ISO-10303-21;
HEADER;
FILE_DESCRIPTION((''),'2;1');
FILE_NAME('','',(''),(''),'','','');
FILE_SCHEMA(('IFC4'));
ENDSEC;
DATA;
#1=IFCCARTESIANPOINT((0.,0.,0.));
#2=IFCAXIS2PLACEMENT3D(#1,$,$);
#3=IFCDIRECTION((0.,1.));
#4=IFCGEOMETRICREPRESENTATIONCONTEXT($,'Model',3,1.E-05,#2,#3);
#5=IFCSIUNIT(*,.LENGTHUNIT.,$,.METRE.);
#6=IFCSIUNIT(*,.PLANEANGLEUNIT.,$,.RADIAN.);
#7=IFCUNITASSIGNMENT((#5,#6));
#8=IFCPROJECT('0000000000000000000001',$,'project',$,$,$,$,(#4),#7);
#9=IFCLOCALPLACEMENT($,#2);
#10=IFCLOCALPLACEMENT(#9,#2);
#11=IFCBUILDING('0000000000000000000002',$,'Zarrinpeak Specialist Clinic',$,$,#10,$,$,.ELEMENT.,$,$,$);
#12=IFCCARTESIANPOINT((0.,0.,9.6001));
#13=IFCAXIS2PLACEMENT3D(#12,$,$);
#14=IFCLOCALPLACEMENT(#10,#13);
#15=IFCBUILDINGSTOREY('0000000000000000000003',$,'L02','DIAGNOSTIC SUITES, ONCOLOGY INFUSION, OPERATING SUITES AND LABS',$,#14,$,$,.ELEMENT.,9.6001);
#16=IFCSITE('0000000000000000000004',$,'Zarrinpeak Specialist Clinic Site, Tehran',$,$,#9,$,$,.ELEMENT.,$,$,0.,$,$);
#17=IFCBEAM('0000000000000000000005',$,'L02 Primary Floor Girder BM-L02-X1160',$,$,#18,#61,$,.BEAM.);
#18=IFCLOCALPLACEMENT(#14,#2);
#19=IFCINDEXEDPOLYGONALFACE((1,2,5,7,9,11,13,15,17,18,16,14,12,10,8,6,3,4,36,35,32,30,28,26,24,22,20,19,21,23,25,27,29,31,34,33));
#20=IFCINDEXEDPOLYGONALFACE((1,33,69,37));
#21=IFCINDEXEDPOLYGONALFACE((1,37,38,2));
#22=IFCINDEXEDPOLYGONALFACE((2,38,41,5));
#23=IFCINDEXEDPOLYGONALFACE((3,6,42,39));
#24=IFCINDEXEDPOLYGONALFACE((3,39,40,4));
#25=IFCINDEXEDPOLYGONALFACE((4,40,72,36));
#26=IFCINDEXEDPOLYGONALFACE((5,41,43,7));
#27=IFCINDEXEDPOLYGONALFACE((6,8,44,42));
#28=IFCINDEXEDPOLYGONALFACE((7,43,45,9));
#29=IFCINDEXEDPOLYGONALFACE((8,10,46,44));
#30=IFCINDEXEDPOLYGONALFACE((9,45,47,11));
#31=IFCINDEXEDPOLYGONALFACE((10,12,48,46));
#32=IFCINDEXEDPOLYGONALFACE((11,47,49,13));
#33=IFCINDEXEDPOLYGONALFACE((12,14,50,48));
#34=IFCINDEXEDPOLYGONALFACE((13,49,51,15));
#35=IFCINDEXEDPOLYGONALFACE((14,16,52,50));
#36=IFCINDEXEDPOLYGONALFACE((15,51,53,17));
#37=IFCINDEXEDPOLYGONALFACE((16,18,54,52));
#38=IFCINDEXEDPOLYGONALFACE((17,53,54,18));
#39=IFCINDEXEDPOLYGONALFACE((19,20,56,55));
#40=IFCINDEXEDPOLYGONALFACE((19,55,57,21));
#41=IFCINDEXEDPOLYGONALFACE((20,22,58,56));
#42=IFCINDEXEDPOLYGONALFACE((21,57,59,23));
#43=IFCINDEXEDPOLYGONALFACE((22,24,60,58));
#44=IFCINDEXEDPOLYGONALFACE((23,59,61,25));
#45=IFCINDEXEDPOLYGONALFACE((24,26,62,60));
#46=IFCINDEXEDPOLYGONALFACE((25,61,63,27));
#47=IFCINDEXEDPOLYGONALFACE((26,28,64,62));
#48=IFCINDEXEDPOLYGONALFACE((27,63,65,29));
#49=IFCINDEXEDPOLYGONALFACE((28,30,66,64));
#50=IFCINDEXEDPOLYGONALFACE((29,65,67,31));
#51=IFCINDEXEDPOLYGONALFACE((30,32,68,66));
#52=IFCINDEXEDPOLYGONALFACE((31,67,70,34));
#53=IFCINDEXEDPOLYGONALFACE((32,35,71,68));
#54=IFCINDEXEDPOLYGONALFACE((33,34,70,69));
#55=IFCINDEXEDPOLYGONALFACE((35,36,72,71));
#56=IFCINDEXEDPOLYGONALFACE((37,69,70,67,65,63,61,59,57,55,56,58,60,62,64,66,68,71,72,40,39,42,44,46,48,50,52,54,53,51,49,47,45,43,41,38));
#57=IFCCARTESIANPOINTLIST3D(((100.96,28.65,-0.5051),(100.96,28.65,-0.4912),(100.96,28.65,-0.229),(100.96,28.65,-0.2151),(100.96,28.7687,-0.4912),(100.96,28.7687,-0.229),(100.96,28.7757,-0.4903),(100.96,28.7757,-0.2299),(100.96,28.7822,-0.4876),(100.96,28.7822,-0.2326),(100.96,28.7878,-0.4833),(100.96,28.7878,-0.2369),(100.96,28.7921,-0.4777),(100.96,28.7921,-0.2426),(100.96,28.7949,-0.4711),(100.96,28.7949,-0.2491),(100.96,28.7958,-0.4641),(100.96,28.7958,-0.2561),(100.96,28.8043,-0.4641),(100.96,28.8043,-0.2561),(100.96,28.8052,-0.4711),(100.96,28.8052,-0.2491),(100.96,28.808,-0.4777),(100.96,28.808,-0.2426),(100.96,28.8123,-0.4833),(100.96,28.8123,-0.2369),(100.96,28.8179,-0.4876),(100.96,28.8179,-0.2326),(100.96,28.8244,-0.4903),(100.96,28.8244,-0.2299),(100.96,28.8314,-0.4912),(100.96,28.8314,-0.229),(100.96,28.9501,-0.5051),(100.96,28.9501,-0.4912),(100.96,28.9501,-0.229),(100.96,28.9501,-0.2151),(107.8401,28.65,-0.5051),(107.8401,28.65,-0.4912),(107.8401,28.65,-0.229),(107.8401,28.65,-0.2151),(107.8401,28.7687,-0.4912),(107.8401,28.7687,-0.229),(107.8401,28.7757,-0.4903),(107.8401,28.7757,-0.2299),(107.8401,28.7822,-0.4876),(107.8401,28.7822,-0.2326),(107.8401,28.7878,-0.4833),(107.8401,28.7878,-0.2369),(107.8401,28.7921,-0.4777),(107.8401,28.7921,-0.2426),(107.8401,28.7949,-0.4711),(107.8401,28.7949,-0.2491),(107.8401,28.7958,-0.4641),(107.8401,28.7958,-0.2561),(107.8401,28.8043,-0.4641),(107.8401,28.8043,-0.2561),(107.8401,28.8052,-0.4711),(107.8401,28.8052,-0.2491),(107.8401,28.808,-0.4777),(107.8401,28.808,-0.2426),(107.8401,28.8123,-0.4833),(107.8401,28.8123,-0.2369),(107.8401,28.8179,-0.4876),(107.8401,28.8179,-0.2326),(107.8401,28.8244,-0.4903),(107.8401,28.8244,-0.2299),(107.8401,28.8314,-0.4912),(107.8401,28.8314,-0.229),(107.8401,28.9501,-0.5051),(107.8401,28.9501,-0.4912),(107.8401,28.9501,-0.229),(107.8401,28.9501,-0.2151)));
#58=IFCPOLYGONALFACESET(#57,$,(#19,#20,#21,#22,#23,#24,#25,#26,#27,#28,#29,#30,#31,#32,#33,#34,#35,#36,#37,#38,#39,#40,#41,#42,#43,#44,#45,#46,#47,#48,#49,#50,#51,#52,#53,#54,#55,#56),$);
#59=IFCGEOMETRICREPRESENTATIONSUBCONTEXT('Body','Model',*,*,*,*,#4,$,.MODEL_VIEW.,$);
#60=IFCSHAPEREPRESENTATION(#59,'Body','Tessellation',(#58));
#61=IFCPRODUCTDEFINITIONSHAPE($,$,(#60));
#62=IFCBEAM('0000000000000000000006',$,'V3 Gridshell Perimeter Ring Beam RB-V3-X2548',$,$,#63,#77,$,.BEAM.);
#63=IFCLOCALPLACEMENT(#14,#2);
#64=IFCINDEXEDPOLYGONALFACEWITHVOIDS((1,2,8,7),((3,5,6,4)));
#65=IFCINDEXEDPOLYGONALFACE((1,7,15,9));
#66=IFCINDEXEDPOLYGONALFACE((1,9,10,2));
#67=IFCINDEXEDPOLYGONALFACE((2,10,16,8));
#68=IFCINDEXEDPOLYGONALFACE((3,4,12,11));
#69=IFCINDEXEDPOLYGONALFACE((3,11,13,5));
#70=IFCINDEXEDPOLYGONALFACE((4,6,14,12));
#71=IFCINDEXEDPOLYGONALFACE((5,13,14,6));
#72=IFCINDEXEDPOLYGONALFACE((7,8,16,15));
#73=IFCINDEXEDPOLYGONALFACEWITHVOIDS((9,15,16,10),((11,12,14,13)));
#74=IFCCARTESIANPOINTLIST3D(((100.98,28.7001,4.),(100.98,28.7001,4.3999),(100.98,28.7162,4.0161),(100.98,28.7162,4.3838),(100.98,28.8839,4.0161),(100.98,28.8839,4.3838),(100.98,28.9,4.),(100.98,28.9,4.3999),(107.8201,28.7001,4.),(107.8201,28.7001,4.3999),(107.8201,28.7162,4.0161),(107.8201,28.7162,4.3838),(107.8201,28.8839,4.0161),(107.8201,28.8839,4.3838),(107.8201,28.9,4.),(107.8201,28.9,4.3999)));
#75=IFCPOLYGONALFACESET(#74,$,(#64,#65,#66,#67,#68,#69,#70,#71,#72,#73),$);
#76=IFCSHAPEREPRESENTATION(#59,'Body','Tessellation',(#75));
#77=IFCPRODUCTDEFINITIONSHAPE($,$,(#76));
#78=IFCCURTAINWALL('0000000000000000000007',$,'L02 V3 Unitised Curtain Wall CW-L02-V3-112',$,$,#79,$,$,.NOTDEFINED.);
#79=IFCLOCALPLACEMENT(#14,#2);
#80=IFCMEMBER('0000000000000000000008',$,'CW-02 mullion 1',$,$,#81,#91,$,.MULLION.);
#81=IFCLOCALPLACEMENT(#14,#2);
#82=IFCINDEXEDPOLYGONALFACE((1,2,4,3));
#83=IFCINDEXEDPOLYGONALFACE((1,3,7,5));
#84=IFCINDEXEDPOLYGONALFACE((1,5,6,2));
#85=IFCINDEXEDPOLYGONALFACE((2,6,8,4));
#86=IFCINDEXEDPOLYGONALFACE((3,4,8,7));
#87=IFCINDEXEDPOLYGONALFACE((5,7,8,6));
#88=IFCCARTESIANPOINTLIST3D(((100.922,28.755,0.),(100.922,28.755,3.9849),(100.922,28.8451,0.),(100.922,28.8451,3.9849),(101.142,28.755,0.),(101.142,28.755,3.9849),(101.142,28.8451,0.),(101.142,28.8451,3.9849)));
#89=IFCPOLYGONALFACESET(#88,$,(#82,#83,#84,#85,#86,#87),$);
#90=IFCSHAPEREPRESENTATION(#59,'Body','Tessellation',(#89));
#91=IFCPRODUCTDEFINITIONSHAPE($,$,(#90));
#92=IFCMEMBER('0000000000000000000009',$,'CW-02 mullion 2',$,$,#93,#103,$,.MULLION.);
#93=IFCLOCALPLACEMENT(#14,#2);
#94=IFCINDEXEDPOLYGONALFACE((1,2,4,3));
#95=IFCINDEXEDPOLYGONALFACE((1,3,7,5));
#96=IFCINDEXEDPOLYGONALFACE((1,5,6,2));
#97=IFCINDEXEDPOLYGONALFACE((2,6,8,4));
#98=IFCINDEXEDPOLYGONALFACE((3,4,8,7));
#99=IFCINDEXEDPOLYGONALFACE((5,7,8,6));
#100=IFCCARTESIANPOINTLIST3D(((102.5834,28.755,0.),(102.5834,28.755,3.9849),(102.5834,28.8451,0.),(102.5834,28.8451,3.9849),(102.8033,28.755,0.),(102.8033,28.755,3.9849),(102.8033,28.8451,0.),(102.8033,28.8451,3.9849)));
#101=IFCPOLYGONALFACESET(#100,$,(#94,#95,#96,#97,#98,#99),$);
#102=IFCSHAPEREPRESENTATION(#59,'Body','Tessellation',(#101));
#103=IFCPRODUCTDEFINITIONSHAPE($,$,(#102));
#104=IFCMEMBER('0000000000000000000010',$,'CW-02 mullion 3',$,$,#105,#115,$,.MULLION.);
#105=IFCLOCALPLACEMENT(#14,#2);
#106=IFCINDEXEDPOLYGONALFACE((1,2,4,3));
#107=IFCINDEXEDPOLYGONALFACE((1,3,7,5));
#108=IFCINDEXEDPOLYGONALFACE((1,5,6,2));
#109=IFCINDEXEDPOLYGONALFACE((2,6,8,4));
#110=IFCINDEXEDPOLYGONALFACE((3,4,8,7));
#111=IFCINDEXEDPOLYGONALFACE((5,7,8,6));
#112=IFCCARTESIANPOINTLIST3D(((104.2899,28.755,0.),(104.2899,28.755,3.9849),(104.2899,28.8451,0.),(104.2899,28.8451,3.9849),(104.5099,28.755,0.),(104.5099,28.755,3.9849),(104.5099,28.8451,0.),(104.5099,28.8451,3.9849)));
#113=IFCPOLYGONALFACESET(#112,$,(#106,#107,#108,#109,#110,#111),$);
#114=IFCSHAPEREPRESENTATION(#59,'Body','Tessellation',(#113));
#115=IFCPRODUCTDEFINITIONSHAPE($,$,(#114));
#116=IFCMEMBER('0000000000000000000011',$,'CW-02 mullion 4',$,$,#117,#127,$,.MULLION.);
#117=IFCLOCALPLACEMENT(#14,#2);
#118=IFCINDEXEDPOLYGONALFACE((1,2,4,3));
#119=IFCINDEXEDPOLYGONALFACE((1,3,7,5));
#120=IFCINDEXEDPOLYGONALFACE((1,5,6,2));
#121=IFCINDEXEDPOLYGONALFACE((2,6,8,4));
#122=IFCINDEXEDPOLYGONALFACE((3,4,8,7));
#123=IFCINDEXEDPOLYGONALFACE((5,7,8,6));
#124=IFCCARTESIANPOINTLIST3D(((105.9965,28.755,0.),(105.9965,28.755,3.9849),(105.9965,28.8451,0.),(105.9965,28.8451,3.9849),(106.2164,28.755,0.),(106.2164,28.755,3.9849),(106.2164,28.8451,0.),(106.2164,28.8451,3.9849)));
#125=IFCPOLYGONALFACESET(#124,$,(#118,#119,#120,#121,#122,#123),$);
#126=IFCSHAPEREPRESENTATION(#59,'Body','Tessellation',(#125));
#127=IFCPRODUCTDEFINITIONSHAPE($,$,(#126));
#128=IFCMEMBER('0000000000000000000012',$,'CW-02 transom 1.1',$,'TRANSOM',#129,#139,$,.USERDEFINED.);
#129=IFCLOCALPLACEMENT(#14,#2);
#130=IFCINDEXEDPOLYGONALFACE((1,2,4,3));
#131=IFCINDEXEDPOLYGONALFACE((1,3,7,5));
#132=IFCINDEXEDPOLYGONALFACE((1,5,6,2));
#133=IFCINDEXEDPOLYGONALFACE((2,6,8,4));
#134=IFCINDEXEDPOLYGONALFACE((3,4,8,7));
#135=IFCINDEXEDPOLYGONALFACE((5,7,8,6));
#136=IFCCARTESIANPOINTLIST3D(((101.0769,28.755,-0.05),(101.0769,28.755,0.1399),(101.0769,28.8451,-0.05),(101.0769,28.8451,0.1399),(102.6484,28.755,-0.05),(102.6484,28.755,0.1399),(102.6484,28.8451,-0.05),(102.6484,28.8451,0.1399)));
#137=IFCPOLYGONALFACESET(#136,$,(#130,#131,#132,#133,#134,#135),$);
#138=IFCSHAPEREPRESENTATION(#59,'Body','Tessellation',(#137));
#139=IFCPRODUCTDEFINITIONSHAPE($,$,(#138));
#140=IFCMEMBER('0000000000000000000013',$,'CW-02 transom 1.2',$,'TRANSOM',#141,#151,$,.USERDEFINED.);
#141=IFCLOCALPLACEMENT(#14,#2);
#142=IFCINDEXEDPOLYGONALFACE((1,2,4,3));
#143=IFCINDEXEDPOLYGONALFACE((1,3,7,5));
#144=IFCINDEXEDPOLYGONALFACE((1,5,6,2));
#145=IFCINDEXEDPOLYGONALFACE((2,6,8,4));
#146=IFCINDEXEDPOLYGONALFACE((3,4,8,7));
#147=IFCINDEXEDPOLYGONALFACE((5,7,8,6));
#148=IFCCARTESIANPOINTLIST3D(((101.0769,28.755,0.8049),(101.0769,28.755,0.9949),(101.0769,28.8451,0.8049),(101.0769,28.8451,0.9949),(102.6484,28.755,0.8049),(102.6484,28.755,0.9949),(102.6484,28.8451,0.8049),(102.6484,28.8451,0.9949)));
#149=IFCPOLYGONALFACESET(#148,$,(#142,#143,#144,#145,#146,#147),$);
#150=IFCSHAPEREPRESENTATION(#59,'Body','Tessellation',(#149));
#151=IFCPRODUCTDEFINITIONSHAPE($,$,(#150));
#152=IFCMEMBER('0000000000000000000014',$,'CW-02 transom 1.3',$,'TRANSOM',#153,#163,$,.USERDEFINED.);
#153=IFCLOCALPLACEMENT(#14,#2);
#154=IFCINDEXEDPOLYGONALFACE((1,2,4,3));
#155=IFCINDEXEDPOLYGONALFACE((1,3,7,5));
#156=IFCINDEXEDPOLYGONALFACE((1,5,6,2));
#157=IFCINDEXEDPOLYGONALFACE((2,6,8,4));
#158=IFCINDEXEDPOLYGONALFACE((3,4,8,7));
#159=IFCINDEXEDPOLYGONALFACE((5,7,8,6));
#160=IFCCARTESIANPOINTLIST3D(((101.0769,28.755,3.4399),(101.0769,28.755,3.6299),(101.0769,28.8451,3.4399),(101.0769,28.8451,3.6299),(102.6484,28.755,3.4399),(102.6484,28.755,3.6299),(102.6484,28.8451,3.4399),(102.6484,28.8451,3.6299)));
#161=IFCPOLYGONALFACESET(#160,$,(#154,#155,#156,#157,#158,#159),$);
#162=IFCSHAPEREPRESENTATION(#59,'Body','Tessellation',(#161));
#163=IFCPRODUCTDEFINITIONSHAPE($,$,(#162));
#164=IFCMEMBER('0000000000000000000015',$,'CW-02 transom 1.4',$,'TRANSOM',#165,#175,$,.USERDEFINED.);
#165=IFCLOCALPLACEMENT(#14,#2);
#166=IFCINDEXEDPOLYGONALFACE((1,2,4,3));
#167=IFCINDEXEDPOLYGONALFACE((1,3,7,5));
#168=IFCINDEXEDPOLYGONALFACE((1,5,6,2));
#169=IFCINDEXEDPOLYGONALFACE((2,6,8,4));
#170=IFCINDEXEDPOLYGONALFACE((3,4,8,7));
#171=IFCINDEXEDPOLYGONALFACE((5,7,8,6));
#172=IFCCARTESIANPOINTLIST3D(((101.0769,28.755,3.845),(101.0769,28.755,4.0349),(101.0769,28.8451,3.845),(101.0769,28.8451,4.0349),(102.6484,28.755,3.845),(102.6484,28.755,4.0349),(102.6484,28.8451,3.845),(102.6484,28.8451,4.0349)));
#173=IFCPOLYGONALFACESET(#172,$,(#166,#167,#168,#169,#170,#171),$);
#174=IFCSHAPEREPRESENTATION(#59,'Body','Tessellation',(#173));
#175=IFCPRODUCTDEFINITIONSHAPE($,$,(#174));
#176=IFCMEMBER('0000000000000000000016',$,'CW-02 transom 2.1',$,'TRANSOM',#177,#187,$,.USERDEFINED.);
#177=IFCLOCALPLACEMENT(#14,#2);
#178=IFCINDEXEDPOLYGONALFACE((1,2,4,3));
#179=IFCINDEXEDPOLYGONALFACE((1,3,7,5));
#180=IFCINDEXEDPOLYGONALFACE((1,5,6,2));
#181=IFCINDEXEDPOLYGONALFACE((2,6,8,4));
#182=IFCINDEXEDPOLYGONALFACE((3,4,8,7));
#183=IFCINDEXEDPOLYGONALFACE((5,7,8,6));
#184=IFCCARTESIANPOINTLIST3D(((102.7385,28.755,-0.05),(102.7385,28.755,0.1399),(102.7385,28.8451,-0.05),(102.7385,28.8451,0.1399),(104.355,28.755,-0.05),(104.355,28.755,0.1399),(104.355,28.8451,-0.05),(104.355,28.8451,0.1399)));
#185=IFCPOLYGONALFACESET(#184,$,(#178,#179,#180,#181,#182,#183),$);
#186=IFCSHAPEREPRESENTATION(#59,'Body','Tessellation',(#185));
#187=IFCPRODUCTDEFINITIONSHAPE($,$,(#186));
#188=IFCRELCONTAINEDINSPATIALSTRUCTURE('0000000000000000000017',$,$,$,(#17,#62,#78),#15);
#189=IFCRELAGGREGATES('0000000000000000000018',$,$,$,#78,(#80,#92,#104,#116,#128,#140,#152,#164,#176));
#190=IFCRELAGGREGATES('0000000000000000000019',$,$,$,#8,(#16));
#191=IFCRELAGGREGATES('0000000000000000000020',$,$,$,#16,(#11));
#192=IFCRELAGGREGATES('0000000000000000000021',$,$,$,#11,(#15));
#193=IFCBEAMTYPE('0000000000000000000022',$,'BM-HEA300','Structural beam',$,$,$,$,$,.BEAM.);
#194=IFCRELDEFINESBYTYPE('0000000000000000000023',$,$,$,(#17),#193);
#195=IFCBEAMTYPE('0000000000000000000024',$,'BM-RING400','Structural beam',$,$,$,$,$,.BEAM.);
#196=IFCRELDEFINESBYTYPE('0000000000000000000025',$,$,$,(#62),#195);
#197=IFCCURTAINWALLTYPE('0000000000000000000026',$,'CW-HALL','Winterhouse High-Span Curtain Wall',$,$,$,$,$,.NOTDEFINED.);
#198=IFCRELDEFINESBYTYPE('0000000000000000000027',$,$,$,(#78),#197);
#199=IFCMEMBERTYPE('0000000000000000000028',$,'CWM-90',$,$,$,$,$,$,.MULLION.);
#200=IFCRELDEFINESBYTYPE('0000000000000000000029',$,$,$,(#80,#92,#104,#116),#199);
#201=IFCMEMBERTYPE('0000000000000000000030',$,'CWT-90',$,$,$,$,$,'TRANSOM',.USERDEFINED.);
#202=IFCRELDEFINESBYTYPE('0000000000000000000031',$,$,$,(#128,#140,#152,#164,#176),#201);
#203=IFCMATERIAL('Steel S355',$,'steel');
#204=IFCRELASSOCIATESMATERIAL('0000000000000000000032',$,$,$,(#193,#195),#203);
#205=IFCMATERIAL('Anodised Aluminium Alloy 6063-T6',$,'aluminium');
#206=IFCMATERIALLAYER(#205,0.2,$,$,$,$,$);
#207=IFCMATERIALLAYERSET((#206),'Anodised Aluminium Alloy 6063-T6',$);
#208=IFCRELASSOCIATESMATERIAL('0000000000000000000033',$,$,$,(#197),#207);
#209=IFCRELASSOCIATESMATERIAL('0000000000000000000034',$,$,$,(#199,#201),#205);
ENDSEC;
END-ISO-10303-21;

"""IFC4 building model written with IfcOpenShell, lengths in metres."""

from ifc_helpers import new_model, si_unit, direction, frame, origin, origin_2d, place, context, subcontext, project, spatial, rectangle, hollow_rectangle, i_section, extrude, material, layer, layer_set, material_profile, profile_set, type_object, element, aggregate, save


model = new_model("IFC4")

# Units and contexts
model_context = context("Model", 3, precision=1e-05, world=origin(), true_north=direction((0.0, 1.0)))
body_context = subcontext(model_context, "Body", "Model", "MODEL_VIEW")
ifc_project = project(units=[si_unit("LENGTHUNIT", "METRE"), si_unit("PLANEANGLEUNIT", "RADIAN")], contexts=[model_context])

# Site, building, storey
site_placement = place(None, origin())
site = spatial("IfcSite", under=ifc_project, at=site_placement, Name="Zarrinpeak Specialist Clinic Site, Tehran", CompositionType="ELEMENT", RefElevation=0.0)
building_placement = place(site_placement, origin())
building = spatial("IfcBuilding", under=site, at=building_placement, Name="Zarrinpeak Specialist Clinic", CompositionType="ELEMENT")
storey_placement = place(building_placement, frame((0.0, 0.0, 9.6001)))
storey = spatial("IfcBuildingStorey", under=building, at=storey_placement, Name="L02", Description="DIAGNOSTIC SUITES, ONCOLOGY INFUSION, OPERATING SUITES AND LABS", CompositionType="ELEMENT", Elevation=9.6001)

# Beams
ifc_material_1 = material(Name="Steel S355", Category="steel")
ifc_material_profile_1 = material_profile(ifc_material_1, i_section(OverallWidth=0.3, OverallDepth=0.29, WebThickness=0.0085, FlangeThickness=0.0139, FilletRadius=0.0271, at=origin_2d()), Name="HEA 300")
ifc_profile_set_1 = profile_set([ifc_material_profile_1], Name="Steel S355")
beam_type_1 = type_object("IfcBeamType", Name="BM-HEA300", Description="Structural beam", PredefinedType="BEAM", material=ifc_profile_set_1)
beam_1_placement = place(storey_placement, frame((100.96, 28.8, -0.3601), z_axis=(1.0, 0.0, 0.0), x_axis=(0.0, 1.0, 0.0)))
element("IfcBeam", 1, at=beam_1_placement, inside=storey, type_object=beam_type_1, Name="L02 Primary Floor Girder BM-L02-X1160", PredefinedType="BEAM", context=body_context, shape_type="SweptSolid", body=[
    extrude(i_section(OverallWidth=0.3, OverallDepth=0.29, WebThickness=0.0085, FlangeThickness=0.0139, FilletRadius=0.0271, at=origin_2d()), origin(), (0.0, 0.0, 1.0), 6.8801),
])
ifc_material_profile_2 = material_profile(ifc_material_1, hollow_rectangle(XDim=0.2, YDim=0.3999, WallThickness=0.0161, at=origin_2d()), Name="RHS 400x200x16.0")
ifc_profile_set_2 = profile_set([ifc_material_profile_2], Name="Steel S355")
beam_type_2 = type_object("IfcBeamType", Name="BM-RING400", Description="Structural beam", PredefinedType="BEAM", material=ifc_profile_set_2)
beam_2_placement = place(storey_placement, frame((100.98, 28.8, 4.2), z_axis=(1.0, 0.0, 0.0), x_axis=(0.0, 1.0, 0.0)))
element("IfcBeam", 2, at=beam_2_placement, inside=storey, type_object=beam_type_2, Name="V3 Gridshell Perimeter Ring Beam RB-V3-X2548", PredefinedType="BEAM", context=body_context, shape_type="SweptSolid", body=[
    extrude(hollow_rectangle(XDim=0.2, YDim=0.3999, WallThickness=0.0161, at=origin_2d()), origin(), (0.0, 0.0, 1.0), 6.8401),
])

# Curtain wall, members
ifc_material_2 = material(Name="Anodised Aluminium Alloy 6063-T6", Category="aluminium")
ifc_layer_1 = layer(ifc_material_2, 0.2)
ifc_layer_set_1 = layer_set([ifc_layer_1], Name="Anodised Aluminium Alloy 6063-T6")
curtain_wall_type = type_object("IfcCurtainWallType", Name="CW-HALL", Description="Winterhouse High-Span Curtain Wall", PredefinedType="NOTDEFINED", material=ifc_layer_set_1)
curtain_wall_placement = place(storey_placement, origin())
curtain_wall = element("IfcCurtainWall", 3, at=curtain_wall_placement, inside=storey, type_object=curtain_wall_type, Name="L02 V3 Unitised Curtain Wall CW-L02-V3-112", PredefinedType="NOTDEFINED")
ifc_material_profile_3 = material_profile(ifc_material_2, rectangle(XDim=0.0901, YDim=0.22, at=origin_2d()), Name="ALU 90x220")
ifc_profile_set_3 = profile_set([ifc_material_profile_3], Name="Anodised Aluminium Alloy 6063-T6")
member_type_1 = type_object("IfcMemberType", Name="CWM-90", PredefinedType="MULLION", material=ifc_profile_set_3)
member_1_placement = place(storey_placement, frame((101.032, 28.8, 0.0), z_axis=(0.0, 0.0, 1.0), x_axis=(0.0, 1.0, 0.0)))
member_1 = element("IfcMember", 4, at=member_1_placement, type_object=member_type_1, Name="CW-02 mullion 1", PredefinedType="MULLION", context=body_context, shape_type="SweptSolid", body=[
    extrude(rectangle(XDim=0.0901, YDim=0.22, at=origin_2d()), origin(), (0.0, 0.0, 1.0), 3.9849),
])
member_2_placement = place(storey_placement, frame((102.6934, 28.8, 0.0), z_axis=(0.0, 0.0, 1.0), x_axis=(0.0, 1.0, 0.0)))
member_2 = element("IfcMember", 5, at=member_2_placement, type_object=member_type_1, Name="CW-02 mullion 2", PredefinedType="MULLION", context=body_context, shape_type="SweptSolid", body=[
    extrude(rectangle(XDim=0.0901, YDim=0.22, at=origin_2d()), origin(), (0.0, 0.0, 1.0), 3.9849),
])
member_3_placement = place(storey_placement, frame((104.3999, 28.8, 0.0), z_axis=(0.0, 0.0, 1.0), x_axis=(0.0, 1.0, 0.0)))
member_3 = element("IfcMember", 6, at=member_3_placement, type_object=member_type_1, Name="CW-02 mullion 3", PredefinedType="MULLION", context=body_context, shape_type="SweptSolid", body=[
    extrude(rectangle(XDim=0.0901, YDim=0.22, at=origin_2d()), origin(), (0.0, 0.0, 1.0), 3.9849),
])
member_4_placement = place(storey_placement, frame((106.1064, 28.8, 0.0), z_axis=(0.0, 0.0, 1.0), x_axis=(0.0, 1.0, 0.0)))
member_4 = element("IfcMember", 7, at=member_4_placement, type_object=member_type_1, Name="CW-02 mullion 4", PredefinedType="MULLION", context=body_context, shape_type="SweptSolid", body=[
    extrude(rectangle(XDim=0.0901, YDim=0.22, at=origin_2d()), origin(), (0.0, 0.0, 1.0), 3.9849),
])
ifc_material_profile_4 = material_profile(ifc_material_2, rectangle(XDim=0.0901, YDim=0.1899, at=origin_2d()), Name="ALU 90x190")
ifc_profile_set_4 = profile_set([ifc_material_profile_4], Name="Anodised Aluminium Alloy 6063-T6")
member_type_2 = type_object("IfcMemberType", Name="CWT-90", ElementType="TRANSOM", PredefinedType="USERDEFINED", material=ifc_profile_set_4)
member_5_placement = place(storey_placement, frame((101.0769, 28.8, 0.0449), z_axis=(1.0, 0.0, 0.0), x_axis=(0.0, 1.0, 0.0)))
member_5 = element("IfcMember", 8, at=member_5_placement, type_object=member_type_2, Name="CW-02 transom 1.1", ObjectType="TRANSOM", PredefinedType="USERDEFINED", context=body_context, shape_type="SweptSolid", body=[
    extrude(rectangle(XDim=0.0901, YDim=0.1899, at=origin_2d()), origin(), (0.0, 0.0, 1.0), 1.5715),
])
member_6_placement = place(storey_placement, frame((101.0769, 28.8, 0.8999), z_axis=(1.0, 0.0, 0.0), x_axis=(0.0, 1.0, 0.0)))
member_6 = element("IfcMember", 9, at=member_6_placement, type_object=member_type_2, Name="CW-02 transom 1.2", ObjectType="TRANSOM", PredefinedType="USERDEFINED", context=body_context, shape_type="SweptSolid", body=[
    extrude(rectangle(XDim=0.0901, YDim=0.1899, at=origin_2d()), origin(), (0.0, 0.0, 1.0), 1.5715),
])
member_7_placement = place(storey_placement, frame((101.0769, 28.8, 3.5349), z_axis=(1.0, 0.0, 0.0), x_axis=(0.0, 1.0, 0.0)))
member_7 = element("IfcMember", 10, at=member_7_placement, type_object=member_type_2, Name="CW-02 transom 1.3", ObjectType="TRANSOM", PredefinedType="USERDEFINED", context=body_context, shape_type="SweptSolid", body=[
    extrude(rectangle(XDim=0.0901, YDim=0.1899, at=origin_2d()), origin(), (0.0, 0.0, 1.0), 1.5715),
])
member_8_placement = place(storey_placement, frame((101.0769, 28.8, 3.9399), z_axis=(1.0, 0.0, 0.0), x_axis=(0.0, 1.0, 0.0)))
member_8 = element("IfcMember", 11, at=member_8_placement, type_object=member_type_2, Name="CW-02 transom 1.4", ObjectType="TRANSOM", PredefinedType="USERDEFINED", context=body_context, shape_type="SweptSolid", body=[
    extrude(rectangle(XDim=0.0901, YDim=0.1899, at=origin_2d()), origin(), (0.0, 0.0, 1.0), 1.5715),
])
member_9_placement = place(storey_placement, frame((102.7385, 28.8, 0.0449), z_axis=(1.0, 0.0, 0.0), x_axis=(0.0, 1.0, 0.0)))
member_9 = element("IfcMember", 12, at=member_9_placement, type_object=member_type_2, Name="CW-02 transom 2.1", ObjectType="TRANSOM", PredefinedType="USERDEFINED", context=body_context, shape_type="SweptSolid", body=[
    extrude(rectangle(XDim=0.0901, YDim=0.1899, at=origin_2d()), origin(), (0.0, 0.0, 1.0), 1.6165),
])
aggregate(curtain_wall, [member_1, member_2, member_3, member_4, member_5, member_6, member_7, member_8, member_9])

save(model, "model.ifc")
